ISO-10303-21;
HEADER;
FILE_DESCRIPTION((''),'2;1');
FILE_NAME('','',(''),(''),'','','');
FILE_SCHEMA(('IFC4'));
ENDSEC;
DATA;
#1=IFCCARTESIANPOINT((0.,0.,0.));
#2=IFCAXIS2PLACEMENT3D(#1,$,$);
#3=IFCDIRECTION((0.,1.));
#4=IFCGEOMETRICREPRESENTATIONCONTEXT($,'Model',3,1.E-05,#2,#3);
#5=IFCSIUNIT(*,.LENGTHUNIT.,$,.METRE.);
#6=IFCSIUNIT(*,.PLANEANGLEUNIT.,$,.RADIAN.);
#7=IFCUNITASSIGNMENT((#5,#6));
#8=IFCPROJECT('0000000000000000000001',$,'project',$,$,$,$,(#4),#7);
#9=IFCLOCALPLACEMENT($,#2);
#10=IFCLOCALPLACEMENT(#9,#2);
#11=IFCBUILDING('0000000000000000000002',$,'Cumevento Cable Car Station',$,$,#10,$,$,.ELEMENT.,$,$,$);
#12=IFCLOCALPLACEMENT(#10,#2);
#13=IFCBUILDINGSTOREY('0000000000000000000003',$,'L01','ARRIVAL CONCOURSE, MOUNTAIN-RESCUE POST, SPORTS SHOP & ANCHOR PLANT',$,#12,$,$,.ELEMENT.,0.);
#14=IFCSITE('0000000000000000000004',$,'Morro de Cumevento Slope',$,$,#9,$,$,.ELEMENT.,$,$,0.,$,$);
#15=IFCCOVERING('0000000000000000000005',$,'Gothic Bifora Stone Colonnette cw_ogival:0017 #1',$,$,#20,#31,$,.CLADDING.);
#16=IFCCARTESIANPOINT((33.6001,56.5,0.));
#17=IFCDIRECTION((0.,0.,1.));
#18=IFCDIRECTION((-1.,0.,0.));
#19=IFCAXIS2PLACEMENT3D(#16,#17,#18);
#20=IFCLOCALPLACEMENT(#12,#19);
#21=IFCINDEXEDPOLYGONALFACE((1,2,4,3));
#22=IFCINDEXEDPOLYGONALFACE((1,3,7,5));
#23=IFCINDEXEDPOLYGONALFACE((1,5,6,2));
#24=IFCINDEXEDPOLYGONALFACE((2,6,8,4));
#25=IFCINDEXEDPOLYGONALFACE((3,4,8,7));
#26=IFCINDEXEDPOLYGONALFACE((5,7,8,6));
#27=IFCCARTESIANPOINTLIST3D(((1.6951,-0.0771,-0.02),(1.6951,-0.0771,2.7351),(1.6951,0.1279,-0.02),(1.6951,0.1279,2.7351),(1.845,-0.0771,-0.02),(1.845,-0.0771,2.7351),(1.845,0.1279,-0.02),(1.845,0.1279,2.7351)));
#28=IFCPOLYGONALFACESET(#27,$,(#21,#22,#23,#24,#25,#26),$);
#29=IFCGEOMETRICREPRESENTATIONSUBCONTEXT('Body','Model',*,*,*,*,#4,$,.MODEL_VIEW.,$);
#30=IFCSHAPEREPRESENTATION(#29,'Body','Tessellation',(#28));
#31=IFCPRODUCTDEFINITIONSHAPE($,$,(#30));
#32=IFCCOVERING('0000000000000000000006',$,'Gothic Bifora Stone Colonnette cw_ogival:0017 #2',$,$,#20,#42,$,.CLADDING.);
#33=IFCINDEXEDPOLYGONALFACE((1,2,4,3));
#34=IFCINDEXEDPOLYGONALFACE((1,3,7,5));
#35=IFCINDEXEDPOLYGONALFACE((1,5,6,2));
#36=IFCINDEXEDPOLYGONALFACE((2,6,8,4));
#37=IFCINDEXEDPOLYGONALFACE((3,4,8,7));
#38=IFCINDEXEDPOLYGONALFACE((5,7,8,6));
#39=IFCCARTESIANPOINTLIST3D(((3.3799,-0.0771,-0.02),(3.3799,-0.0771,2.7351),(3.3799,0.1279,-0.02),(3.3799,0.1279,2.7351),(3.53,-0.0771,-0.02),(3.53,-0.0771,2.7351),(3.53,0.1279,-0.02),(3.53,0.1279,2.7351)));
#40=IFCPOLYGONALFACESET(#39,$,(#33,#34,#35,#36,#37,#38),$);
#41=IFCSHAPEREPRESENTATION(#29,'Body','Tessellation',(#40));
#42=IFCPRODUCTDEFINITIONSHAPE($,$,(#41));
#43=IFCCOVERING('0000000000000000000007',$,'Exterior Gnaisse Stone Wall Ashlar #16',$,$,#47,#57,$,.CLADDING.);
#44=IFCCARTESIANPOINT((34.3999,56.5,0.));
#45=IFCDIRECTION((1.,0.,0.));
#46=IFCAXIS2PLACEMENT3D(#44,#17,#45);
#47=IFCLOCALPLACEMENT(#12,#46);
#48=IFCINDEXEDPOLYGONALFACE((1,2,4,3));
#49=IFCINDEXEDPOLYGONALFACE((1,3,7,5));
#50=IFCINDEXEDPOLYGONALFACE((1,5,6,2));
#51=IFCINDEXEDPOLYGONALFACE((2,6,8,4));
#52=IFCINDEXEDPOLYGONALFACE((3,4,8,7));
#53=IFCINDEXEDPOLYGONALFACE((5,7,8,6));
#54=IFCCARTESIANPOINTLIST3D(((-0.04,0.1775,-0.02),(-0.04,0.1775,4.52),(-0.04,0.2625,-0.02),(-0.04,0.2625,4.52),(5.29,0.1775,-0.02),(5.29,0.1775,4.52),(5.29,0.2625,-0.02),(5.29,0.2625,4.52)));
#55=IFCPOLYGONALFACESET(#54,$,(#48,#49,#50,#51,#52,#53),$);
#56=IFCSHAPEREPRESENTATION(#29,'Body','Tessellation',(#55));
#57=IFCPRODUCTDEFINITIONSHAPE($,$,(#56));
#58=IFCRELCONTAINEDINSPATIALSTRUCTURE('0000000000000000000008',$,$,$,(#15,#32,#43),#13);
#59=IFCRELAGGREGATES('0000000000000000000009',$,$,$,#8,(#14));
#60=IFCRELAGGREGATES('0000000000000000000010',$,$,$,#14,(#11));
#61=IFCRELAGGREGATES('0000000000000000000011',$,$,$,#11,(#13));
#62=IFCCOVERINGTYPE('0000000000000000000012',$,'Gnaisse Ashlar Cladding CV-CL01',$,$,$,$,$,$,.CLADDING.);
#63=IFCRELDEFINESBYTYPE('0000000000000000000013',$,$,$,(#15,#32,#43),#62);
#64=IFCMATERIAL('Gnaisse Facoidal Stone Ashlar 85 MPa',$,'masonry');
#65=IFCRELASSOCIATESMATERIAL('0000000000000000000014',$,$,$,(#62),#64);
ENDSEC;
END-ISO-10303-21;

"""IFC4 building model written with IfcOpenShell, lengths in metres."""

from ifc_helpers import new_model, si_unit, direction, frame, origin, place, context, subcontext, project, spatial, polyline, outline, extrude, material, type_object, element, save


model = new_model("IFC4")

# Units and contexts
model_context = context("Model", 3, precision=1e-05, world=origin(), true_north=direction((0.0, 1.0)))
body_context = subcontext(model_context, "Body", "Model", "MODEL_VIEW")
ifc_project = project(units=[si_unit("LENGTHUNIT", "METRE"), si_unit("PLANEANGLEUNIT", "RADIAN")], contexts=[model_context])

# Site, building, storey
site_placement = place(None, origin())
site = spatial("IfcSite", under=ifc_project, at=site_placement, Name="Morro de Cumevento Slope", CompositionType="ELEMENT", RefElevation=0.0)
building_placement = place(site_placement, origin())
building = spatial("IfcBuilding", under=site, at=building_placement, Name="Cumevento Cable Car Station", CompositionType="ELEMENT")
storey_placement = place(building_placement, origin())
storey = spatial("IfcBuildingStorey", under=building, at=storey_placement, Name="L01", Description="ARRIVAL CONCOURSE, MOUNTAIN-RESCUE POST, SPORTS SHOP & ANCHOR PLANT", CompositionType="ELEMENT", Elevation=0.0)

# Coverings
ifc_material_1 = material(Name="Gnaisse Facoidal Stone Ashlar 85 MPa", Category="masonry")
covering_type = type_object("IfcCoveringType", Name="Gnaisse Ashlar Cladding CV-CL01", PredefinedType="CLADDING", material=ifc_material_1)
placement = place(storey_placement, frame((33.6001, 56.5, 0.0), z_axis=(0.0, 0.0, 1.0), x_axis=(-1.0, 0.0, 0.0)))
element("IfcCovering", 1, at=placement, inside=storey, type_object=covering_type, Name="Gothic Bifora Stone Colonnette cw_ogival:0017 #1", PredefinedType="CLADDING", context=body_context, shape_type="SweptSolid", body=[
    extrude(outline(polyline([(1.6951, -0.02), (1.845, -0.02), (1.845, 2.7351), (1.6951, 2.7351), (1.6951, -0.02)])), frame((0.0, 0.1279, 0.0), z_axis=(0.0, -1.0, 0.0), x_axis=(1.0, 0.0, 0.0)), (0.0, 0.0, 1.0), 0.2051),
])
element("IfcCovering", 2, at=placement, inside=storey, type_object=covering_type, Name="Gothic Bifora Stone Colonnette cw_ogival:0017 #2", PredefinedType="CLADDING", context=body_context, shape_type="SweptSolid", body=[
    extrude(outline(polyline([(3.3799, -0.02), (3.53, -0.02), (3.53, 2.7351), (3.3799, 2.7351), (3.3799, -0.02)])), frame((0.0, 0.1279, 0.0), z_axis=(0.0, -1.0, 0.0), x_axis=(1.0, 0.0, 0.0)), (0.0, 0.0, 1.0), 0.2051),
])
covering_1_placement = place(storey_placement, frame((34.3999, 56.5, 0.0), z_axis=(0.0, 0.0, 1.0), x_axis=(1.0, 0.0, 0.0)))
element("IfcCovering", 3, at=covering_1_placement, inside=storey, type_object=covering_type, Name="Exterior Gnaisse Stone Wall Ashlar #16", PredefinedType="CLADDING", context=body_context, shape_type="SweptSolid", body=[
    extrude(outline(polyline([(-0.04, -0.02), (5.29, -0.02), (5.29, 4.52), (-0.04, 4.52), (-0.04, -0.02)])), frame((0.0, 0.2625, 0.0), z_axis=(0.0, -1.0, 0.0), x_axis=(1.0, 0.0, 0.0)), (0.0, 0.0, 1.0), 0.085),
])

save(model, "model.ifc")
